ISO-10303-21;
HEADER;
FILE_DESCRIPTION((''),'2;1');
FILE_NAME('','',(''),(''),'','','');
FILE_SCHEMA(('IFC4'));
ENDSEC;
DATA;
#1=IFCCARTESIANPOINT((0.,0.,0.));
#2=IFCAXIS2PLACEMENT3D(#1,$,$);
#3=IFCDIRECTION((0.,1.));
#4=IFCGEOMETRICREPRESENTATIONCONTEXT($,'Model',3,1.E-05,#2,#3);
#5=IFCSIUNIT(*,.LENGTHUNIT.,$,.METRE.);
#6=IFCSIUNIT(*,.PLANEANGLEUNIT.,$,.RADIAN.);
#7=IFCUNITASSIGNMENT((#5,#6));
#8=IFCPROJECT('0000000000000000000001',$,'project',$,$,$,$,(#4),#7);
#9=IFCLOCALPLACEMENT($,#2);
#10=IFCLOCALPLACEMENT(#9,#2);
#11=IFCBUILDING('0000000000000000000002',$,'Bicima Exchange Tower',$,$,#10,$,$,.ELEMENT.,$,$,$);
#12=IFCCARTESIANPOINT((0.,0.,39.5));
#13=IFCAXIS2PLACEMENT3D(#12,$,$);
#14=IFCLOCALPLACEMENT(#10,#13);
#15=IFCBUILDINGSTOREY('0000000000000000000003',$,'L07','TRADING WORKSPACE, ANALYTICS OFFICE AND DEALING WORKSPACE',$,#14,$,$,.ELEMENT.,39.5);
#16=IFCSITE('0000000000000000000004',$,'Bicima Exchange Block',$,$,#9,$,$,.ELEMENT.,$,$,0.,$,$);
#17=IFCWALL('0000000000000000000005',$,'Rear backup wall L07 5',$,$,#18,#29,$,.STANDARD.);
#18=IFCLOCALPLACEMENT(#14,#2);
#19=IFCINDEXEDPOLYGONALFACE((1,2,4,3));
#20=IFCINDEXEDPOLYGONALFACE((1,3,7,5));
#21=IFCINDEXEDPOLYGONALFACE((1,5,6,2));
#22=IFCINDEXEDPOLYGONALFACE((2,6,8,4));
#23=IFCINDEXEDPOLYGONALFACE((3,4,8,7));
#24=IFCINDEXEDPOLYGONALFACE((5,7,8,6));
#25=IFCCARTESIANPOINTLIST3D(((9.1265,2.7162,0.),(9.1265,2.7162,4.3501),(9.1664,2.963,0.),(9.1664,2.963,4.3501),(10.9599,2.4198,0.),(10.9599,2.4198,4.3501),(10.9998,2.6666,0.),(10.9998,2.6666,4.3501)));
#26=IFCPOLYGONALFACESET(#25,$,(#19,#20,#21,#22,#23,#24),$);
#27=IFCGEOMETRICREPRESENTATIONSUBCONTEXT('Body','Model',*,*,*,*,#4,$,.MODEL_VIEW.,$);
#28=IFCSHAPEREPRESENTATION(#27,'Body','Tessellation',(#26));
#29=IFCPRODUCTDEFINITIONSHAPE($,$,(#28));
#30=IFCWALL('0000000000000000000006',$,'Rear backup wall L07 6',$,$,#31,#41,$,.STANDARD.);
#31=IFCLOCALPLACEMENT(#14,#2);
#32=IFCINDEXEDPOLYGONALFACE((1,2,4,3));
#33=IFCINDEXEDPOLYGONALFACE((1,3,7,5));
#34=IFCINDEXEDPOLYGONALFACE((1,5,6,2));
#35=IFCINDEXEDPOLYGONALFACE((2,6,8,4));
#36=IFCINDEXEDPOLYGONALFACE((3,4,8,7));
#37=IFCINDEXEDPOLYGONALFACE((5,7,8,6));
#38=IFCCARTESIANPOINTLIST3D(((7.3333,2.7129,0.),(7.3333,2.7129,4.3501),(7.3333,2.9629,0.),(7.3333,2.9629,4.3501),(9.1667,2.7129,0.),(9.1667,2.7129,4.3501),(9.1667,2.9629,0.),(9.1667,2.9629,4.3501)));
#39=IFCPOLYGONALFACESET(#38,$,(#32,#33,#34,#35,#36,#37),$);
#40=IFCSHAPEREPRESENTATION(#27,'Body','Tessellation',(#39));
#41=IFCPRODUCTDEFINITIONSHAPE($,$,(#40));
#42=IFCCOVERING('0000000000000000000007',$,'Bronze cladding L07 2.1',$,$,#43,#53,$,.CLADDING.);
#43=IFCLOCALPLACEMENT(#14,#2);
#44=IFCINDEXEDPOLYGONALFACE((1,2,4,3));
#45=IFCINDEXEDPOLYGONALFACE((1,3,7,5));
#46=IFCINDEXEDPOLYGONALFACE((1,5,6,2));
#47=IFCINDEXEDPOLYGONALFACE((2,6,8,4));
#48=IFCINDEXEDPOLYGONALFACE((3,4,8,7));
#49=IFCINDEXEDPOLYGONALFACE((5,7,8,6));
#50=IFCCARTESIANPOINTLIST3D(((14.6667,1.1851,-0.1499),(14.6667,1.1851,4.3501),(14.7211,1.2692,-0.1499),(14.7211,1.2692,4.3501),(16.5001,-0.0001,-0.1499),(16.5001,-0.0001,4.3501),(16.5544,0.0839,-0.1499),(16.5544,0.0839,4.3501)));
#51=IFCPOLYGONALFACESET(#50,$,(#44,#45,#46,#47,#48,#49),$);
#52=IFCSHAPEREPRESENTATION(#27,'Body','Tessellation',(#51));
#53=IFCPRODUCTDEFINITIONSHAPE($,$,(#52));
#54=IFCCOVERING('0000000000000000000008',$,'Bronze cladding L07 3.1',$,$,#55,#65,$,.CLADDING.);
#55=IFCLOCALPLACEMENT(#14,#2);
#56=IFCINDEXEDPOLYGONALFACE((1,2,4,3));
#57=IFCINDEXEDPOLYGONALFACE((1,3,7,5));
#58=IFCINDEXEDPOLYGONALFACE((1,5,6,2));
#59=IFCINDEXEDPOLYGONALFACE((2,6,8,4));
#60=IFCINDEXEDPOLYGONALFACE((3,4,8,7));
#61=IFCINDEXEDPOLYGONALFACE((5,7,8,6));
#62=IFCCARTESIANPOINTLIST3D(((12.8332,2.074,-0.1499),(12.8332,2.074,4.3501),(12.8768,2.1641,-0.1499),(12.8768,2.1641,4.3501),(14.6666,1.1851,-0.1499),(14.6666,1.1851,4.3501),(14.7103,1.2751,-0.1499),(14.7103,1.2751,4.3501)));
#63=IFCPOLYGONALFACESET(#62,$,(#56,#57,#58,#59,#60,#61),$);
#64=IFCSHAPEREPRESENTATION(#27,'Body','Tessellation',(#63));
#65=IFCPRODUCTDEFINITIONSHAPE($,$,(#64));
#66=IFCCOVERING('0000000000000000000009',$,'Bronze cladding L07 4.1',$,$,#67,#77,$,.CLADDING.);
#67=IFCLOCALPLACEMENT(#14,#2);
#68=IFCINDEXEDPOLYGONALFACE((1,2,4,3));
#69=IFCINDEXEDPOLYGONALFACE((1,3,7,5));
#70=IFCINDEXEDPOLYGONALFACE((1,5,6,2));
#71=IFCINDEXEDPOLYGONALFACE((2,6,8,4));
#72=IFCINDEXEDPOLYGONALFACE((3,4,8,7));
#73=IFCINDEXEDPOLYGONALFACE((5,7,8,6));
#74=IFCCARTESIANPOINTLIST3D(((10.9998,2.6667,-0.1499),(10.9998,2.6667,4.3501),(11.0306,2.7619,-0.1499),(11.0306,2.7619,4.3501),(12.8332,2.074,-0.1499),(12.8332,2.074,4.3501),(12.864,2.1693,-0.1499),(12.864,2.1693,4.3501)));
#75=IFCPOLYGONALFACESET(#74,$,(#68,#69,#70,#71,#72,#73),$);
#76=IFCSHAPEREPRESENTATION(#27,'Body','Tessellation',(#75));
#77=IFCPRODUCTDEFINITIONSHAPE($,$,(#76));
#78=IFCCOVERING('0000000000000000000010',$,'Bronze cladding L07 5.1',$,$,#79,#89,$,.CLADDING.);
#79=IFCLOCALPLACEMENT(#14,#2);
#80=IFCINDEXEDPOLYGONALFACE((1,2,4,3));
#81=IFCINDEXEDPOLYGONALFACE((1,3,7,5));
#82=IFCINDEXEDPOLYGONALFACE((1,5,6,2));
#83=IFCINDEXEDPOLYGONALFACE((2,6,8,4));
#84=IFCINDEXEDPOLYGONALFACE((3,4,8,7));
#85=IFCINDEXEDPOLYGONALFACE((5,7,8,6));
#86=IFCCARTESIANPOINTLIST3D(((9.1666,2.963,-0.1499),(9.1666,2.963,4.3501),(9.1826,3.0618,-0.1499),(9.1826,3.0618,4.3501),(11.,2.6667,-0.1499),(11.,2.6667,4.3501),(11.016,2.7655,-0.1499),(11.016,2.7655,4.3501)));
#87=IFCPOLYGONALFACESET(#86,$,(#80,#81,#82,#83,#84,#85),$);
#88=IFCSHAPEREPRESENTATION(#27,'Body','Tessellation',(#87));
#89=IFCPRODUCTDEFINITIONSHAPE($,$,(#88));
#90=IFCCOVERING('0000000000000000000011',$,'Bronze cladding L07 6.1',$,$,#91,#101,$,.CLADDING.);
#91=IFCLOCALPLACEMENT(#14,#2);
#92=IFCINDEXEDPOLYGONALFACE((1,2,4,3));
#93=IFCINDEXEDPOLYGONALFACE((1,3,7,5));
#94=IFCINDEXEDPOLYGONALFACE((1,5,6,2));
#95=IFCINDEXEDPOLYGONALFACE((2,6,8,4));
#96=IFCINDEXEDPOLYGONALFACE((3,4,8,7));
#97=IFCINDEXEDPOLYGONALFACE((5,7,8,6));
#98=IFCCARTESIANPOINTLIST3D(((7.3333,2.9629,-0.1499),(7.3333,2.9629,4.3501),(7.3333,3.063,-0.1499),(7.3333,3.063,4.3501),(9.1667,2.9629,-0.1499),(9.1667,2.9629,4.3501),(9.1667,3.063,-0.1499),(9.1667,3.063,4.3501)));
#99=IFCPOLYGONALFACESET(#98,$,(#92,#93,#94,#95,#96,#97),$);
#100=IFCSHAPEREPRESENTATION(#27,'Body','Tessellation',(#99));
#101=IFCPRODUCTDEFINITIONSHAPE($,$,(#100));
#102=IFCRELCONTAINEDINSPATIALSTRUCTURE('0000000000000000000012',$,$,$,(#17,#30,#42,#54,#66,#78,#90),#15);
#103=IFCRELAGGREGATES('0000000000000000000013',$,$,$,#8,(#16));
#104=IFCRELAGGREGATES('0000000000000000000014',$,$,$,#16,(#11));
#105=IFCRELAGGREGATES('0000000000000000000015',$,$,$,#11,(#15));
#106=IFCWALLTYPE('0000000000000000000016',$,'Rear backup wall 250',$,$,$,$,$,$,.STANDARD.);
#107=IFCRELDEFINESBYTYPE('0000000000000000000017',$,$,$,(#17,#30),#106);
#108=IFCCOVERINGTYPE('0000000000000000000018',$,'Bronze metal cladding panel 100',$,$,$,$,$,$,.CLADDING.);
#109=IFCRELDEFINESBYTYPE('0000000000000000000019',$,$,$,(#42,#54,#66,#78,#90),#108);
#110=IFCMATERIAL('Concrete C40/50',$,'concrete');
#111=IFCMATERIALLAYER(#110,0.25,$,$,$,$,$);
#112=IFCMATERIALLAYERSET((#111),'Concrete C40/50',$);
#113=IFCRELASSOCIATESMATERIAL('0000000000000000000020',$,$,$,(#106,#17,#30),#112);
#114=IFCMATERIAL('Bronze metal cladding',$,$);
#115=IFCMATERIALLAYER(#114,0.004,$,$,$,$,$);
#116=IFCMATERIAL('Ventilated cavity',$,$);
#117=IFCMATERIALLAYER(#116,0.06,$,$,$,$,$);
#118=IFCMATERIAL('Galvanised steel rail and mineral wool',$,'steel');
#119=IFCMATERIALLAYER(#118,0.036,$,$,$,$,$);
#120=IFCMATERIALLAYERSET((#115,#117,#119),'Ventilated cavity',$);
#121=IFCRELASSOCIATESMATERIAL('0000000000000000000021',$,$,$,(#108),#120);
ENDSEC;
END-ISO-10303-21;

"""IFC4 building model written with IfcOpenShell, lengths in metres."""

from ifc_helpers import new_model, si_unit, direction, frame, frame_2d, origin, origin_2d, place, context, subcontext, project, spatial, rectangle, extrude, material, layer, layer_set, layer_usage, type_object, element, save


model = new_model("IFC4")

# Units and contexts
model_context = context("Model", 3, precision=1e-05, world=origin(), true_north=direction((0.0, 1.0)))
body_context = subcontext(model_context, "Body", "Model", "MODEL_VIEW")
ifc_project = project(units=[si_unit("LENGTHUNIT", "METRE"), si_unit("PLANEANGLEUNIT", "RADIAN")], contexts=[model_context])

# Site, building, storey
site_placement = place(None, origin())
site = spatial("IfcSite", under=ifc_project, at=site_placement, Name="Bicima Exchange Block", CompositionType="ELEMENT", RefElevation=0.0)
building_placement = place(site_placement, origin())
building = spatial("IfcBuilding", under=site, at=building_placement, Name="Bicima Exchange Tower", CompositionType="ELEMENT")
storey_placement = place(building_placement, frame((0.0, 0.0, 39.5)))
storey = spatial("IfcBuildingStorey", under=building, at=storey_placement, Name="L07", Description="TRADING WORKSPACE, ANALYTICS OFFICE AND DEALING WORKSPACE", CompositionType="ELEMENT", Elevation=39.5)

# Walls
ifc_material_1 = material(Name="Concrete C40/50", Category="concrete")
ifc_layer_1 = layer(ifc_material_1, 0.25)
ifc_layer_set_1 = layer_set([ifc_layer_1], Name="Concrete C40/50")
ifc_layer_usage = layer_usage(ifc_layer_set_1, "AXIS2", "POSITIVE", -0.125)
wall_type_1 = type_object("IfcWallType", Name="Rear backup wall 250", PredefinedType="STANDARD", material=ifc_layer_set_1)
wall_1_placement = place(storey_placement, frame((10.98, 2.5432, 0.0), z_axis=(0.0, 0.0, 1.0), x_axis=(-0.987182, 0.1596, 0.0)))
element("IfcWall", 1, at=wall_1_placement, inside=storey, type_object=wall_type_1, material=ifc_layer_usage, Name="Rear backup wall L07 5", PredefinedType="STANDARD", context=body_context, shape_type="SweptSolid", body=[
    extrude(rectangle(XDim=1.8572, YDim=0.25, at=frame_2d((0.9287, 0.0))), origin(), (0.0, 0.0, 1.0), 4.3501),
])
wall_2_placement = place(storey_placement, frame((9.1667, 2.8379, 0.0), z_axis=(0.0, 0.0, 1.0), x_axis=(-1.0, 0.0, 0.0)))
element("IfcWall", 2, at=wall_2_placement, inside=storey, type_object=wall_type_1, material=ifc_layer_usage, Name="Rear backup wall L07 6", PredefinedType="STANDARD", context=body_context, shape_type="SweptSolid", body=[
    extrude(rectangle(XDim=1.8335, YDim=0.25, at=frame_2d((0.9167, 0.0))), origin(), (0.0, 0.0, 1.0), 4.3501),
])

# Coverings
ifc_material_2 = material(Name="Bronze metal cladding")
ifc_layer_2 = layer(ifc_material_2, 0.004)
ifc_material_3 = material(Name="Ventilated cavity")
ifc_layer_3 = layer(ifc_material_3, 0.06)
ifc_material_4 = material(Name="Galvanised steel rail and mineral wool", Category="steel")
ifc_layer_4 = layer(ifc_material_4, 0.036)
ifc_layer_set_2 = layer_set([ifc_layer_2, ifc_layer_3, ifc_layer_4], Name="Ventilated cavity")
covering_type = type_object("IfcCoveringType", Name="Bronze metal cladding panel 100", PredefinedType="CLADDING", material=ifc_layer_set_2)
covering_1_placement = place(storey_placement, frame((15.6106, 0.6345, -0.1499), z_axis=(0.0, 0.0, 1.0), x_axis=(-0.83979, 0.542911, 0.0)))
element("IfcCovering", 3, at=covering_1_placement, inside=storey, type_object=covering_type, Name="Bronze cladding L07 2.1", PredefinedType="CLADDING", context=body_context, shape_type="SweptSolid", body=[
    extrude(rectangle(XDim=2.1831, YDim=0.1001, at=origin_2d()), origin(), (0.0, 0.0, 1.0), 4.5),
])
covering_2_placement = place(storey_placement, frame((13.7717, 1.6746, -0.1499), z_axis=(0.0, 0.0, 1.0), x_axis=(-0.899818, 0.436265, 0.0)))
element("IfcCovering", 4, at=covering_2_placement, inside=storey, type_object=covering_type, Name="Bronze cladding L07 3.1", PredefinedType="CLADDING", context=body_context, shape_type="SweptSolid", body=[
    extrude(rectangle(XDim=2.0376, YDim=0.1001, at=origin_2d()), origin(), (0.0, 0.0, 1.0), 4.5),
])
covering_3_placement = place(storey_placement, frame((11.9319, 2.418, -0.1499), z_axis=(0.0, 0.0, 1.0), x_axis=(-0.951525, 0.307573, 0.0)))
element("IfcCovering", 5, at=covering_3_placement, inside=storey, type_object=covering_type, Name="Bronze cladding L07 4.1", PredefinedType="CLADDING", context=body_context, shape_type="SweptSolid", body=[
    extrude(rectangle(XDim=1.9268, YDim=0.1001, at=origin_2d()), origin(), (0.0, 0.0, 1.0), 4.5),
])
covering_4_placement = place(storey_placement, frame((10.0913, 2.8643, -0.1499), z_axis=(0.0, 0.0, 1.0), x_axis=(-0.98719, 0.15955, 0.0)))
element("IfcCovering", 6, at=covering_4_placement, inside=storey, type_object=covering_type, Name="Bronze cladding L07 5.1", PredefinedType="CLADDING", context=body_context, shape_type="SweptSolid", body=[
    extrude(rectangle(XDim=1.8572, YDim=0.1001, at=origin_2d()), origin(), (0.0, 0.0, 1.0), 4.5),
])
covering_5_placement = place(storey_placement, frame((8.25, 3.0129, -0.1499), z_axis=(0.0, 0.0, 1.0), x_axis=(-1.0, 0.0, 0.0)))
element("IfcCovering", 7, at=covering_5_placement, inside=storey, type_object=covering_type, Name="Bronze cladding L07 6.1", PredefinedType="CLADDING", context=body_context, shape_type="SweptSolid", body=[
    extrude(rectangle(XDim=1.8335, YDim=0.1001, at=origin_2d()), origin(), (0.0, 0.0, 1.0), 4.5),
])

save(model, "model.ifc")
